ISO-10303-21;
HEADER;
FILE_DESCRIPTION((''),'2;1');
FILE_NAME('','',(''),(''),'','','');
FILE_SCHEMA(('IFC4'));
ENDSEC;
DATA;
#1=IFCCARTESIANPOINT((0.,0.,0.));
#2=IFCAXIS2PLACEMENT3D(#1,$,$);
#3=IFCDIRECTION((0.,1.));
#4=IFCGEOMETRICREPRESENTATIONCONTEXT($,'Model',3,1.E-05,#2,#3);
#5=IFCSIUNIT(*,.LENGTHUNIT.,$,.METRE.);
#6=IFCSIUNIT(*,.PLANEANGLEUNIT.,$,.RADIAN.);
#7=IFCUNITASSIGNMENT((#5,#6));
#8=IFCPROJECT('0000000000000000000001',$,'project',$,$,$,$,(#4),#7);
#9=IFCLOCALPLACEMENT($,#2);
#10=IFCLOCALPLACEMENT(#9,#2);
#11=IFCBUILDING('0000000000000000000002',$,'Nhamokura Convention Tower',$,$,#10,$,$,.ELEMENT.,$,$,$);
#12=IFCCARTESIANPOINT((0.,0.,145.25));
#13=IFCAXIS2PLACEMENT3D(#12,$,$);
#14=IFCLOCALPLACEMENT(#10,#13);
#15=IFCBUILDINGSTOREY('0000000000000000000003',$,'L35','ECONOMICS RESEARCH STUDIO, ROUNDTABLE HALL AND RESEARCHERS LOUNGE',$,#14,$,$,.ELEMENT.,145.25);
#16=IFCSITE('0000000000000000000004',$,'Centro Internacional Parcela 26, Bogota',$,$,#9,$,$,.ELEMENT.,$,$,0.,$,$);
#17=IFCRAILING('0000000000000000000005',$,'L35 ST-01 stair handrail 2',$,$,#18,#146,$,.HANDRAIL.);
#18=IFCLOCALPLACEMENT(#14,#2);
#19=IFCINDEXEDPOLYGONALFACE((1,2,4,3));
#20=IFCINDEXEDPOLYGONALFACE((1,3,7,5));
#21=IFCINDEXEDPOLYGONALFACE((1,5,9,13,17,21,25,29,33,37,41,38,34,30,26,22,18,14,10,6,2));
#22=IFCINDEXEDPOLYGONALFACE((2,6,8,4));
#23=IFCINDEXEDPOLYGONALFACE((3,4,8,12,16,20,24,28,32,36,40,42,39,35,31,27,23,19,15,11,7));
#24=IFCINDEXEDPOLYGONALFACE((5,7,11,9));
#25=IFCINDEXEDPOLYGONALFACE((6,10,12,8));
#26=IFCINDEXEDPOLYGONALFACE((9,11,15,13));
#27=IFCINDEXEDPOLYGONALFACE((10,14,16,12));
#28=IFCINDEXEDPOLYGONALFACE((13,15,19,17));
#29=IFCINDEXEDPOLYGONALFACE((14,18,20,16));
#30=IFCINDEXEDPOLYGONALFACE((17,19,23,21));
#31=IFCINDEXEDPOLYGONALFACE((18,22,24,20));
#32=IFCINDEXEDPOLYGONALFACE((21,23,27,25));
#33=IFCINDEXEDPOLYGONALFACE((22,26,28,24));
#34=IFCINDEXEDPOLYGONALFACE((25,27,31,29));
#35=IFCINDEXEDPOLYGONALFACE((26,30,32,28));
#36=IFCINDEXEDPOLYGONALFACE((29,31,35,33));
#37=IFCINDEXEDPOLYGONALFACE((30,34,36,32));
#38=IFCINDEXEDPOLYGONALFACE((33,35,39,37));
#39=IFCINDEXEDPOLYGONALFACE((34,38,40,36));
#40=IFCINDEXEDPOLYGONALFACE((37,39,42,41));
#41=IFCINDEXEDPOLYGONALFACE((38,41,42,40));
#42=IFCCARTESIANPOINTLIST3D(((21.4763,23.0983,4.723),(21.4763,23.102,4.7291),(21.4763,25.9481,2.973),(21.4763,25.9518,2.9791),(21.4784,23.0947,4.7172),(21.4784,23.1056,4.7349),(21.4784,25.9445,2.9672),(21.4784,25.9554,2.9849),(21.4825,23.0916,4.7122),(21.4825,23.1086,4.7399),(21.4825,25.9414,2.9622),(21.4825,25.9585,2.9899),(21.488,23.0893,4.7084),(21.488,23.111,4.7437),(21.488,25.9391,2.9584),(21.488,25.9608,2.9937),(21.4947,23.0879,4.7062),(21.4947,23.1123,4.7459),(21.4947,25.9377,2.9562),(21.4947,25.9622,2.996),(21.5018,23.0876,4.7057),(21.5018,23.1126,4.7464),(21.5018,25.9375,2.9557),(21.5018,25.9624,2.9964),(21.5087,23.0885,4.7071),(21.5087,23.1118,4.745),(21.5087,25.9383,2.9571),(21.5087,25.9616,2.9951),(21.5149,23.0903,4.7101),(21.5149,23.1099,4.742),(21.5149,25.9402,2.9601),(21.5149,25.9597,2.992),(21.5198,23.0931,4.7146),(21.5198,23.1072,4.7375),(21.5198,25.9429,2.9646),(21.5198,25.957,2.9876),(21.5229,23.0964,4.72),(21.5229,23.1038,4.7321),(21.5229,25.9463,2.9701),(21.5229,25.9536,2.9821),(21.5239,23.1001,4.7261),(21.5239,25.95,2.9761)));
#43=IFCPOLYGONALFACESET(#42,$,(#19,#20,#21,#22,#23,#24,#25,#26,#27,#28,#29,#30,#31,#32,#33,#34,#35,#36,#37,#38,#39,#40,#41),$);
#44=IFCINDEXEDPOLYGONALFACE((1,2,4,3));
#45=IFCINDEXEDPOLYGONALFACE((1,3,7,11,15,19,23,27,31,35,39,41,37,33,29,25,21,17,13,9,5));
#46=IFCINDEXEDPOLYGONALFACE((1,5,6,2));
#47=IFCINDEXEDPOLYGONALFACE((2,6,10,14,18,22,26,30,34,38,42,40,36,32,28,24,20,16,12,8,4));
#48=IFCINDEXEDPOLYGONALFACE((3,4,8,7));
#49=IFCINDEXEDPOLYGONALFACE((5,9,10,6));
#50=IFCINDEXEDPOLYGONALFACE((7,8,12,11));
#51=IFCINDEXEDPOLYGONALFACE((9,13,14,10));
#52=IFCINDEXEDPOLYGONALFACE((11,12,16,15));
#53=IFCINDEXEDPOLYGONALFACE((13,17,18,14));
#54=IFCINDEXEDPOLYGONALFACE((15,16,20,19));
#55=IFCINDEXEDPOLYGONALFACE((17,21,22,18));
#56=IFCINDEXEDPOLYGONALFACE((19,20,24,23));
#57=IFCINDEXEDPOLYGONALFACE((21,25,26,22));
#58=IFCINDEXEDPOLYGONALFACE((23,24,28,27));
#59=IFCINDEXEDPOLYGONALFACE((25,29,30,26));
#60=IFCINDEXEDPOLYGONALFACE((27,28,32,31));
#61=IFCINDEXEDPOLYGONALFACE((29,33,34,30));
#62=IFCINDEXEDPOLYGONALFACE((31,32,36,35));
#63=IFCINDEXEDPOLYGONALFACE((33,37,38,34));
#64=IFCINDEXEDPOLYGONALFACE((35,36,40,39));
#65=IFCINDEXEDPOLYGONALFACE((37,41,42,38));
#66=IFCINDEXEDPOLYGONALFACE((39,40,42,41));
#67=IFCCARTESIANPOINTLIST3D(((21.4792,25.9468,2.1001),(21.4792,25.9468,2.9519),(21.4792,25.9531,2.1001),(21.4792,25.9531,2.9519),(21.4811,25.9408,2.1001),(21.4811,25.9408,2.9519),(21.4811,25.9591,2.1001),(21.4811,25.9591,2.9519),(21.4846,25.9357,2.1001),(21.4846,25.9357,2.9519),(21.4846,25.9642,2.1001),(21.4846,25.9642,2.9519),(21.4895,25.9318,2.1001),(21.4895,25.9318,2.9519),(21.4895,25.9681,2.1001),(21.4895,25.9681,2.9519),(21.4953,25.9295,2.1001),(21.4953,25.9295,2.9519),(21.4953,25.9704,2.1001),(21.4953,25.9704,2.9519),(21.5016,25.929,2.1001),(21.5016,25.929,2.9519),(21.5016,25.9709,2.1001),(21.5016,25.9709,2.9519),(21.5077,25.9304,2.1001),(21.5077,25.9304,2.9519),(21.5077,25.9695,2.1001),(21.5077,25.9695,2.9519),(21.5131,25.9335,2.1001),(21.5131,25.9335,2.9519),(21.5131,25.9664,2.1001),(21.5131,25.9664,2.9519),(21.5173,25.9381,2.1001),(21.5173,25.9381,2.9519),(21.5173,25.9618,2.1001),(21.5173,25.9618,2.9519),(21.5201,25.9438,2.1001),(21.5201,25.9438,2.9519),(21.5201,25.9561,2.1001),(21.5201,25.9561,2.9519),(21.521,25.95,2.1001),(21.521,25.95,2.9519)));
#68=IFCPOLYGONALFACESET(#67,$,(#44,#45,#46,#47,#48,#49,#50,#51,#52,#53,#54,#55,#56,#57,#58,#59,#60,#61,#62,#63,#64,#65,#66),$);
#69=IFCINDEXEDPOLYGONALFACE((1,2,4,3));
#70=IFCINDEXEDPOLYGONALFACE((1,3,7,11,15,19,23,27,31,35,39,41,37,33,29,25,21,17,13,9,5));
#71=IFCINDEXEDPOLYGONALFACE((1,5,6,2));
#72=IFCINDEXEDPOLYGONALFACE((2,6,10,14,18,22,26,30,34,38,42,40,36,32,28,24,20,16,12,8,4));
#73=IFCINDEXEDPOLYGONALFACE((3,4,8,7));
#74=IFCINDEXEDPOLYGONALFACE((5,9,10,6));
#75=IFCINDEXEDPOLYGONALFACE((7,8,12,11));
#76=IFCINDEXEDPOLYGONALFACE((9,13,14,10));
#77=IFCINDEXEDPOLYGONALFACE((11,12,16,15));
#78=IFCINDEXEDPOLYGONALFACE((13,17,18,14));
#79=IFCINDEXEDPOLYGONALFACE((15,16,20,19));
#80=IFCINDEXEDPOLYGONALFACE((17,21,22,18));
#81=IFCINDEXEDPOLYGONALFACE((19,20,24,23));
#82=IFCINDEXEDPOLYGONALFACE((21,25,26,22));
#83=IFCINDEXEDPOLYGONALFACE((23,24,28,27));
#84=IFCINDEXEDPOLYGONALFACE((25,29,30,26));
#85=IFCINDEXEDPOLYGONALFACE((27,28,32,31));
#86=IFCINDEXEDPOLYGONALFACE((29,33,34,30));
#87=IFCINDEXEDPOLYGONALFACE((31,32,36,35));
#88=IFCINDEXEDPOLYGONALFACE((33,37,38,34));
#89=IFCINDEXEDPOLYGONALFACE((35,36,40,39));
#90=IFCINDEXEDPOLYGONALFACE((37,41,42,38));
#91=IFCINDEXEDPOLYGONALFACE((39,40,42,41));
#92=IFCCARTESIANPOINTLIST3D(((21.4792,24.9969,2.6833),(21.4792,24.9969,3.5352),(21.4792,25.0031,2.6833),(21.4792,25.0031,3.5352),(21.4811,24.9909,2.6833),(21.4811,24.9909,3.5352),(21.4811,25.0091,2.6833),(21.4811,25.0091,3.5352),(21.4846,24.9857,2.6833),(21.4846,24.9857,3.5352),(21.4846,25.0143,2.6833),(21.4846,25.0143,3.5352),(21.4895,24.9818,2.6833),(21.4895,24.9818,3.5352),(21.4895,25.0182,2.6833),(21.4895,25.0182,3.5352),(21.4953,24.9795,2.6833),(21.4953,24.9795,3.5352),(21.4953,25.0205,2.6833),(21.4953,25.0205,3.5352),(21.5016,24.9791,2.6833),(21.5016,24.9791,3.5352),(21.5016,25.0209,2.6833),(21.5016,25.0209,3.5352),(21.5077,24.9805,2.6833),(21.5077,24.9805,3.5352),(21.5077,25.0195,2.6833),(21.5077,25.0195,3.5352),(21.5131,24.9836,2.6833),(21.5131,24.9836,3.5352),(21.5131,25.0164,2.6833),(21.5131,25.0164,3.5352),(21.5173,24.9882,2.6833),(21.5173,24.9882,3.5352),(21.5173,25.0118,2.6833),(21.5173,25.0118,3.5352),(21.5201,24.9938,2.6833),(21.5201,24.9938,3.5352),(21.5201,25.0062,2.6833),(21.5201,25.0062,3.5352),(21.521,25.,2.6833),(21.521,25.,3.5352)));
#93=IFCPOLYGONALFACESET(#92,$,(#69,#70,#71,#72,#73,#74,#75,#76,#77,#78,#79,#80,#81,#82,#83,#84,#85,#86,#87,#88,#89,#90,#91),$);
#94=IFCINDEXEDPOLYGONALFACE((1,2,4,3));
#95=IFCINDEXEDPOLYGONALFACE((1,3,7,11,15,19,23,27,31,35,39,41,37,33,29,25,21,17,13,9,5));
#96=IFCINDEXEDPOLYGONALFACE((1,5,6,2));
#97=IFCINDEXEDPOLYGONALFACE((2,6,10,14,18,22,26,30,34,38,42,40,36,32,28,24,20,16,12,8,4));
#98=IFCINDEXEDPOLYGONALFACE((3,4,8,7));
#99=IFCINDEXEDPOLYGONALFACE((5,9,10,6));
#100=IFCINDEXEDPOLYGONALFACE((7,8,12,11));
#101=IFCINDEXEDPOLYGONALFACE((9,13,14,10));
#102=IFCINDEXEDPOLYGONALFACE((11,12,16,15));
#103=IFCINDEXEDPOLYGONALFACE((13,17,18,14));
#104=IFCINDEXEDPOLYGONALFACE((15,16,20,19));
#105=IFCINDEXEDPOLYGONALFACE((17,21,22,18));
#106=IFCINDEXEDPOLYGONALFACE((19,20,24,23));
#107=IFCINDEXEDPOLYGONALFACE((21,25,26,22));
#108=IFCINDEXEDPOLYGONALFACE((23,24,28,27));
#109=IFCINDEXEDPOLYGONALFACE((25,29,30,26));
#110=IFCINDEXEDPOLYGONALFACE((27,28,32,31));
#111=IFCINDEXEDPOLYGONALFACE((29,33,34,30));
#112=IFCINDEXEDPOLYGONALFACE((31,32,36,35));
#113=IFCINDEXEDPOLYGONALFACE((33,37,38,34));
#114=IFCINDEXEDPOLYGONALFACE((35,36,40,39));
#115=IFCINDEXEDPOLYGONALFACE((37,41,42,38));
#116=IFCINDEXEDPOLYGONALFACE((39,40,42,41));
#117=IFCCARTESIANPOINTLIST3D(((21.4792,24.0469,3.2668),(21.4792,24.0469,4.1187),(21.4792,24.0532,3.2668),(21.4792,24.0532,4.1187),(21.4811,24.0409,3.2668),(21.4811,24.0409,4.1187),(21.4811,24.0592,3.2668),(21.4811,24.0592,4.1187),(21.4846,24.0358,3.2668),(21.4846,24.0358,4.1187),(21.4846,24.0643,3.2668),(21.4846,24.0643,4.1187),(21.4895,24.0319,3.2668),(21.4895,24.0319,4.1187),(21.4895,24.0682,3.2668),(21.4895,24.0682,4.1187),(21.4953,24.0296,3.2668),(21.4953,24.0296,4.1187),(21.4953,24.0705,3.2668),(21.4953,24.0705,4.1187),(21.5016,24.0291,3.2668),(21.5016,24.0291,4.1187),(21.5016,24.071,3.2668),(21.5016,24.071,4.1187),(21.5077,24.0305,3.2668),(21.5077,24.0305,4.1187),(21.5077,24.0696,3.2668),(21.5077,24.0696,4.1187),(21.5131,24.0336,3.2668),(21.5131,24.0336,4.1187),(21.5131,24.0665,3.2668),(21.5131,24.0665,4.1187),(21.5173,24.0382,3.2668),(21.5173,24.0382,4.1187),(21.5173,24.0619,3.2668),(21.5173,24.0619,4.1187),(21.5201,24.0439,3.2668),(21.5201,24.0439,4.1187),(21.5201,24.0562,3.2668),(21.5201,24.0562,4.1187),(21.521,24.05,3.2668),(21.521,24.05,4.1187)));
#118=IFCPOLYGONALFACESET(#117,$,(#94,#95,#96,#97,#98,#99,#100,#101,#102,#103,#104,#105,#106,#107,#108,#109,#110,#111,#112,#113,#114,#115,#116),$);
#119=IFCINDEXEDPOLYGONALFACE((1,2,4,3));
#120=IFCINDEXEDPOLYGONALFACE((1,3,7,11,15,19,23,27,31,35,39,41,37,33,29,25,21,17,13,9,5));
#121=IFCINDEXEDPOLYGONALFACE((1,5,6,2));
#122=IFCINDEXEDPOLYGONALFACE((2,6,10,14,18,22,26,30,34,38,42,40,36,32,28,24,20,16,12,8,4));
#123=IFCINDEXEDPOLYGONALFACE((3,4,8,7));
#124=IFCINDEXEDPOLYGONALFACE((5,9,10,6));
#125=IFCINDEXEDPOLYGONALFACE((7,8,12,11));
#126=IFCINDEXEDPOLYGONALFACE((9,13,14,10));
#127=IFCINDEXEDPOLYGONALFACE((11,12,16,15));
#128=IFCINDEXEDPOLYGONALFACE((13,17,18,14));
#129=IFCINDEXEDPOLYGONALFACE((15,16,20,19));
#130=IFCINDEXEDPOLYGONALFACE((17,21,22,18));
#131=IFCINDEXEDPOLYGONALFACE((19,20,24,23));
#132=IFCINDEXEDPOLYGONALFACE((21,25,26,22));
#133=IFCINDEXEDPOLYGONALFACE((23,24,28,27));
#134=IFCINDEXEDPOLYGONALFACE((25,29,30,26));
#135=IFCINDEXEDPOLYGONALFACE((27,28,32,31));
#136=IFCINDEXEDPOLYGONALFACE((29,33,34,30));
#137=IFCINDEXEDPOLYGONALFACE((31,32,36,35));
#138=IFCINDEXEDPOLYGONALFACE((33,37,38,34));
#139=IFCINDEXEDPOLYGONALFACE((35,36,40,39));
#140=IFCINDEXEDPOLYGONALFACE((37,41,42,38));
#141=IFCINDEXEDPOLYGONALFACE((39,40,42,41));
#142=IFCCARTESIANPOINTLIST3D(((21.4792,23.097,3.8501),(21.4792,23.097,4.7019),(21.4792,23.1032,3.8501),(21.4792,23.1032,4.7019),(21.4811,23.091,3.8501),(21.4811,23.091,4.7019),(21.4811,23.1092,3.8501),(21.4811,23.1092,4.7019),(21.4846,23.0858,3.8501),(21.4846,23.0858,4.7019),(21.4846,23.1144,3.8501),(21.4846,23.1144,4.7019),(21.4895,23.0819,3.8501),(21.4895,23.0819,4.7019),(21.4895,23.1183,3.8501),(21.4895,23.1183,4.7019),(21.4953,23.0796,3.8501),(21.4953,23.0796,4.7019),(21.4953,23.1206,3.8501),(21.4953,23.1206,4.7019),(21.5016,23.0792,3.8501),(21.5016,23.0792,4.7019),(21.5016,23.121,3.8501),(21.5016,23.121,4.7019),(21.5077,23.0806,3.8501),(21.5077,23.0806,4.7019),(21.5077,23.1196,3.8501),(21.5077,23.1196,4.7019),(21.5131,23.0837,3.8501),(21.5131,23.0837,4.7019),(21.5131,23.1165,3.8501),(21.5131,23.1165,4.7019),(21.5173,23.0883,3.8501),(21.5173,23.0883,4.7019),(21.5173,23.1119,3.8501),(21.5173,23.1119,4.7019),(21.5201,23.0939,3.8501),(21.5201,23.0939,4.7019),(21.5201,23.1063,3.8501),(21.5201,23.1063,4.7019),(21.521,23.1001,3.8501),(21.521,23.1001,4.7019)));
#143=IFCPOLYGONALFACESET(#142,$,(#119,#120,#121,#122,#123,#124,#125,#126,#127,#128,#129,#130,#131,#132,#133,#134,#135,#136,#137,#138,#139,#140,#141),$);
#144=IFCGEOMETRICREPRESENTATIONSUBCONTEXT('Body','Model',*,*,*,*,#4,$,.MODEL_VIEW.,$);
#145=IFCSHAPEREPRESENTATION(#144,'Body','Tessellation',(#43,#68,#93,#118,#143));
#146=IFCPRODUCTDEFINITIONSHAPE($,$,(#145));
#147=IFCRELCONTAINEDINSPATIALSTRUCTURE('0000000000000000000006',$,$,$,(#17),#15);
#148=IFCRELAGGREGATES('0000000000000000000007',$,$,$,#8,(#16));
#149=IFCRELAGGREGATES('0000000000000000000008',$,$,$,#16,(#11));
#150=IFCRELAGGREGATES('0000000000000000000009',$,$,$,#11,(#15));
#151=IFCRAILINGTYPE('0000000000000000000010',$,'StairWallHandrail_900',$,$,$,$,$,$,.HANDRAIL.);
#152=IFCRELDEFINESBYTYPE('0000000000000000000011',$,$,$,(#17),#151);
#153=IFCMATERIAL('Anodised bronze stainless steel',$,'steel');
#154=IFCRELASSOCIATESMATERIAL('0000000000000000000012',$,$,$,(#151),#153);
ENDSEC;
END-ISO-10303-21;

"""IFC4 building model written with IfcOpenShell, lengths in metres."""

from ifc_helpers import new_model, si_unit, direction, frame, origin, origin_2d, place, context, subcontext, project, spatial, circle, extrude, material, type_object, element, save


model = new_model("IFC4")

# Units and contexts
model_context = context("Model", 3, precision=1e-05, world=origin(), true_north=direction((0.0, 1.0)))
body_context = subcontext(model_context, "Body", "Model", "MODEL_VIEW")
ifc_project = project(units=[si_unit("LENGTHUNIT", "METRE"), si_unit("PLANEANGLEUNIT", "RADIAN")], contexts=[model_context])

# Site, building, storey
site_placement = place(None, origin())
site = spatial("IfcSite", under=ifc_project, at=site_placement, Name="Centro Internacional Parcela 26, Bogota", CompositionType="ELEMENT", RefElevation=0.0)
building_placement = place(site_placement, origin())
building = spatial("IfcBuilding", under=site, at=building_placement, Name="Nhamokura Convention Tower", CompositionType="ELEMENT")
storey_placement = place(building_placement, frame((0.0, 0.0, 145.25)))
storey = spatial("IfcBuildingStorey", under=building, at=storey_placement, Name="L35", Description="ECONOMICS RESEARCH STUDIO, ROUNDTABLE HALL AND RESEARCHERS LOUNGE", CompositionType="ELEMENT", Elevation=145.25)

# Railing
ifc_material_1 = material(Name="Anodised bronze stainless steel", Category="steel")
railing_type_1 = type_object("IfcRailingType", Name="StairWallHandrail_900", PredefinedType="HANDRAIL", material=ifc_material_1)
railing_1_placement = place(storey_placement, frame((21.5, 25.95, 2.1001)))
element("IfcRailing", 1, at=railing_1_placement, inside=storey, type_object=railing_type_1, Name="L35 ST-01 stair handrail 2", PredefinedType="HANDRAIL", context=body_context, shape_type="SweptSolid", body=[
    extrude(circle(Radius=0.0239, at=origin_2d()), frame((0.0, 0.0, 0.876), z_axis=(0.0, -0.852159, 0.523283), x_axis=(1.0, 0.0, 0.0)), (0.0, 0.0, 1.0), 3.3442),
    extrude(circle(Radius=0.021, at=origin_2d()), origin(), (0.0, 0.0, 1.0), 0.8518),
    extrude(circle(Radius=0.021, at=origin_2d()), frame((0.0, -0.95, 0.5833)), (0.0, 0.0, 1.0), 0.8518),
    extrude(circle(Radius=0.021, at=origin_2d()), frame((0.0, -1.8999, 1.1667)), (0.0, 0.0, 1.0), 0.8518),
    extrude(circle(Radius=0.021, at=origin_2d()), frame((0.0, -2.8499, 1.75)), (0.0, 0.0, 1.0), 0.8518),
])

save(model, "model.ifc")
